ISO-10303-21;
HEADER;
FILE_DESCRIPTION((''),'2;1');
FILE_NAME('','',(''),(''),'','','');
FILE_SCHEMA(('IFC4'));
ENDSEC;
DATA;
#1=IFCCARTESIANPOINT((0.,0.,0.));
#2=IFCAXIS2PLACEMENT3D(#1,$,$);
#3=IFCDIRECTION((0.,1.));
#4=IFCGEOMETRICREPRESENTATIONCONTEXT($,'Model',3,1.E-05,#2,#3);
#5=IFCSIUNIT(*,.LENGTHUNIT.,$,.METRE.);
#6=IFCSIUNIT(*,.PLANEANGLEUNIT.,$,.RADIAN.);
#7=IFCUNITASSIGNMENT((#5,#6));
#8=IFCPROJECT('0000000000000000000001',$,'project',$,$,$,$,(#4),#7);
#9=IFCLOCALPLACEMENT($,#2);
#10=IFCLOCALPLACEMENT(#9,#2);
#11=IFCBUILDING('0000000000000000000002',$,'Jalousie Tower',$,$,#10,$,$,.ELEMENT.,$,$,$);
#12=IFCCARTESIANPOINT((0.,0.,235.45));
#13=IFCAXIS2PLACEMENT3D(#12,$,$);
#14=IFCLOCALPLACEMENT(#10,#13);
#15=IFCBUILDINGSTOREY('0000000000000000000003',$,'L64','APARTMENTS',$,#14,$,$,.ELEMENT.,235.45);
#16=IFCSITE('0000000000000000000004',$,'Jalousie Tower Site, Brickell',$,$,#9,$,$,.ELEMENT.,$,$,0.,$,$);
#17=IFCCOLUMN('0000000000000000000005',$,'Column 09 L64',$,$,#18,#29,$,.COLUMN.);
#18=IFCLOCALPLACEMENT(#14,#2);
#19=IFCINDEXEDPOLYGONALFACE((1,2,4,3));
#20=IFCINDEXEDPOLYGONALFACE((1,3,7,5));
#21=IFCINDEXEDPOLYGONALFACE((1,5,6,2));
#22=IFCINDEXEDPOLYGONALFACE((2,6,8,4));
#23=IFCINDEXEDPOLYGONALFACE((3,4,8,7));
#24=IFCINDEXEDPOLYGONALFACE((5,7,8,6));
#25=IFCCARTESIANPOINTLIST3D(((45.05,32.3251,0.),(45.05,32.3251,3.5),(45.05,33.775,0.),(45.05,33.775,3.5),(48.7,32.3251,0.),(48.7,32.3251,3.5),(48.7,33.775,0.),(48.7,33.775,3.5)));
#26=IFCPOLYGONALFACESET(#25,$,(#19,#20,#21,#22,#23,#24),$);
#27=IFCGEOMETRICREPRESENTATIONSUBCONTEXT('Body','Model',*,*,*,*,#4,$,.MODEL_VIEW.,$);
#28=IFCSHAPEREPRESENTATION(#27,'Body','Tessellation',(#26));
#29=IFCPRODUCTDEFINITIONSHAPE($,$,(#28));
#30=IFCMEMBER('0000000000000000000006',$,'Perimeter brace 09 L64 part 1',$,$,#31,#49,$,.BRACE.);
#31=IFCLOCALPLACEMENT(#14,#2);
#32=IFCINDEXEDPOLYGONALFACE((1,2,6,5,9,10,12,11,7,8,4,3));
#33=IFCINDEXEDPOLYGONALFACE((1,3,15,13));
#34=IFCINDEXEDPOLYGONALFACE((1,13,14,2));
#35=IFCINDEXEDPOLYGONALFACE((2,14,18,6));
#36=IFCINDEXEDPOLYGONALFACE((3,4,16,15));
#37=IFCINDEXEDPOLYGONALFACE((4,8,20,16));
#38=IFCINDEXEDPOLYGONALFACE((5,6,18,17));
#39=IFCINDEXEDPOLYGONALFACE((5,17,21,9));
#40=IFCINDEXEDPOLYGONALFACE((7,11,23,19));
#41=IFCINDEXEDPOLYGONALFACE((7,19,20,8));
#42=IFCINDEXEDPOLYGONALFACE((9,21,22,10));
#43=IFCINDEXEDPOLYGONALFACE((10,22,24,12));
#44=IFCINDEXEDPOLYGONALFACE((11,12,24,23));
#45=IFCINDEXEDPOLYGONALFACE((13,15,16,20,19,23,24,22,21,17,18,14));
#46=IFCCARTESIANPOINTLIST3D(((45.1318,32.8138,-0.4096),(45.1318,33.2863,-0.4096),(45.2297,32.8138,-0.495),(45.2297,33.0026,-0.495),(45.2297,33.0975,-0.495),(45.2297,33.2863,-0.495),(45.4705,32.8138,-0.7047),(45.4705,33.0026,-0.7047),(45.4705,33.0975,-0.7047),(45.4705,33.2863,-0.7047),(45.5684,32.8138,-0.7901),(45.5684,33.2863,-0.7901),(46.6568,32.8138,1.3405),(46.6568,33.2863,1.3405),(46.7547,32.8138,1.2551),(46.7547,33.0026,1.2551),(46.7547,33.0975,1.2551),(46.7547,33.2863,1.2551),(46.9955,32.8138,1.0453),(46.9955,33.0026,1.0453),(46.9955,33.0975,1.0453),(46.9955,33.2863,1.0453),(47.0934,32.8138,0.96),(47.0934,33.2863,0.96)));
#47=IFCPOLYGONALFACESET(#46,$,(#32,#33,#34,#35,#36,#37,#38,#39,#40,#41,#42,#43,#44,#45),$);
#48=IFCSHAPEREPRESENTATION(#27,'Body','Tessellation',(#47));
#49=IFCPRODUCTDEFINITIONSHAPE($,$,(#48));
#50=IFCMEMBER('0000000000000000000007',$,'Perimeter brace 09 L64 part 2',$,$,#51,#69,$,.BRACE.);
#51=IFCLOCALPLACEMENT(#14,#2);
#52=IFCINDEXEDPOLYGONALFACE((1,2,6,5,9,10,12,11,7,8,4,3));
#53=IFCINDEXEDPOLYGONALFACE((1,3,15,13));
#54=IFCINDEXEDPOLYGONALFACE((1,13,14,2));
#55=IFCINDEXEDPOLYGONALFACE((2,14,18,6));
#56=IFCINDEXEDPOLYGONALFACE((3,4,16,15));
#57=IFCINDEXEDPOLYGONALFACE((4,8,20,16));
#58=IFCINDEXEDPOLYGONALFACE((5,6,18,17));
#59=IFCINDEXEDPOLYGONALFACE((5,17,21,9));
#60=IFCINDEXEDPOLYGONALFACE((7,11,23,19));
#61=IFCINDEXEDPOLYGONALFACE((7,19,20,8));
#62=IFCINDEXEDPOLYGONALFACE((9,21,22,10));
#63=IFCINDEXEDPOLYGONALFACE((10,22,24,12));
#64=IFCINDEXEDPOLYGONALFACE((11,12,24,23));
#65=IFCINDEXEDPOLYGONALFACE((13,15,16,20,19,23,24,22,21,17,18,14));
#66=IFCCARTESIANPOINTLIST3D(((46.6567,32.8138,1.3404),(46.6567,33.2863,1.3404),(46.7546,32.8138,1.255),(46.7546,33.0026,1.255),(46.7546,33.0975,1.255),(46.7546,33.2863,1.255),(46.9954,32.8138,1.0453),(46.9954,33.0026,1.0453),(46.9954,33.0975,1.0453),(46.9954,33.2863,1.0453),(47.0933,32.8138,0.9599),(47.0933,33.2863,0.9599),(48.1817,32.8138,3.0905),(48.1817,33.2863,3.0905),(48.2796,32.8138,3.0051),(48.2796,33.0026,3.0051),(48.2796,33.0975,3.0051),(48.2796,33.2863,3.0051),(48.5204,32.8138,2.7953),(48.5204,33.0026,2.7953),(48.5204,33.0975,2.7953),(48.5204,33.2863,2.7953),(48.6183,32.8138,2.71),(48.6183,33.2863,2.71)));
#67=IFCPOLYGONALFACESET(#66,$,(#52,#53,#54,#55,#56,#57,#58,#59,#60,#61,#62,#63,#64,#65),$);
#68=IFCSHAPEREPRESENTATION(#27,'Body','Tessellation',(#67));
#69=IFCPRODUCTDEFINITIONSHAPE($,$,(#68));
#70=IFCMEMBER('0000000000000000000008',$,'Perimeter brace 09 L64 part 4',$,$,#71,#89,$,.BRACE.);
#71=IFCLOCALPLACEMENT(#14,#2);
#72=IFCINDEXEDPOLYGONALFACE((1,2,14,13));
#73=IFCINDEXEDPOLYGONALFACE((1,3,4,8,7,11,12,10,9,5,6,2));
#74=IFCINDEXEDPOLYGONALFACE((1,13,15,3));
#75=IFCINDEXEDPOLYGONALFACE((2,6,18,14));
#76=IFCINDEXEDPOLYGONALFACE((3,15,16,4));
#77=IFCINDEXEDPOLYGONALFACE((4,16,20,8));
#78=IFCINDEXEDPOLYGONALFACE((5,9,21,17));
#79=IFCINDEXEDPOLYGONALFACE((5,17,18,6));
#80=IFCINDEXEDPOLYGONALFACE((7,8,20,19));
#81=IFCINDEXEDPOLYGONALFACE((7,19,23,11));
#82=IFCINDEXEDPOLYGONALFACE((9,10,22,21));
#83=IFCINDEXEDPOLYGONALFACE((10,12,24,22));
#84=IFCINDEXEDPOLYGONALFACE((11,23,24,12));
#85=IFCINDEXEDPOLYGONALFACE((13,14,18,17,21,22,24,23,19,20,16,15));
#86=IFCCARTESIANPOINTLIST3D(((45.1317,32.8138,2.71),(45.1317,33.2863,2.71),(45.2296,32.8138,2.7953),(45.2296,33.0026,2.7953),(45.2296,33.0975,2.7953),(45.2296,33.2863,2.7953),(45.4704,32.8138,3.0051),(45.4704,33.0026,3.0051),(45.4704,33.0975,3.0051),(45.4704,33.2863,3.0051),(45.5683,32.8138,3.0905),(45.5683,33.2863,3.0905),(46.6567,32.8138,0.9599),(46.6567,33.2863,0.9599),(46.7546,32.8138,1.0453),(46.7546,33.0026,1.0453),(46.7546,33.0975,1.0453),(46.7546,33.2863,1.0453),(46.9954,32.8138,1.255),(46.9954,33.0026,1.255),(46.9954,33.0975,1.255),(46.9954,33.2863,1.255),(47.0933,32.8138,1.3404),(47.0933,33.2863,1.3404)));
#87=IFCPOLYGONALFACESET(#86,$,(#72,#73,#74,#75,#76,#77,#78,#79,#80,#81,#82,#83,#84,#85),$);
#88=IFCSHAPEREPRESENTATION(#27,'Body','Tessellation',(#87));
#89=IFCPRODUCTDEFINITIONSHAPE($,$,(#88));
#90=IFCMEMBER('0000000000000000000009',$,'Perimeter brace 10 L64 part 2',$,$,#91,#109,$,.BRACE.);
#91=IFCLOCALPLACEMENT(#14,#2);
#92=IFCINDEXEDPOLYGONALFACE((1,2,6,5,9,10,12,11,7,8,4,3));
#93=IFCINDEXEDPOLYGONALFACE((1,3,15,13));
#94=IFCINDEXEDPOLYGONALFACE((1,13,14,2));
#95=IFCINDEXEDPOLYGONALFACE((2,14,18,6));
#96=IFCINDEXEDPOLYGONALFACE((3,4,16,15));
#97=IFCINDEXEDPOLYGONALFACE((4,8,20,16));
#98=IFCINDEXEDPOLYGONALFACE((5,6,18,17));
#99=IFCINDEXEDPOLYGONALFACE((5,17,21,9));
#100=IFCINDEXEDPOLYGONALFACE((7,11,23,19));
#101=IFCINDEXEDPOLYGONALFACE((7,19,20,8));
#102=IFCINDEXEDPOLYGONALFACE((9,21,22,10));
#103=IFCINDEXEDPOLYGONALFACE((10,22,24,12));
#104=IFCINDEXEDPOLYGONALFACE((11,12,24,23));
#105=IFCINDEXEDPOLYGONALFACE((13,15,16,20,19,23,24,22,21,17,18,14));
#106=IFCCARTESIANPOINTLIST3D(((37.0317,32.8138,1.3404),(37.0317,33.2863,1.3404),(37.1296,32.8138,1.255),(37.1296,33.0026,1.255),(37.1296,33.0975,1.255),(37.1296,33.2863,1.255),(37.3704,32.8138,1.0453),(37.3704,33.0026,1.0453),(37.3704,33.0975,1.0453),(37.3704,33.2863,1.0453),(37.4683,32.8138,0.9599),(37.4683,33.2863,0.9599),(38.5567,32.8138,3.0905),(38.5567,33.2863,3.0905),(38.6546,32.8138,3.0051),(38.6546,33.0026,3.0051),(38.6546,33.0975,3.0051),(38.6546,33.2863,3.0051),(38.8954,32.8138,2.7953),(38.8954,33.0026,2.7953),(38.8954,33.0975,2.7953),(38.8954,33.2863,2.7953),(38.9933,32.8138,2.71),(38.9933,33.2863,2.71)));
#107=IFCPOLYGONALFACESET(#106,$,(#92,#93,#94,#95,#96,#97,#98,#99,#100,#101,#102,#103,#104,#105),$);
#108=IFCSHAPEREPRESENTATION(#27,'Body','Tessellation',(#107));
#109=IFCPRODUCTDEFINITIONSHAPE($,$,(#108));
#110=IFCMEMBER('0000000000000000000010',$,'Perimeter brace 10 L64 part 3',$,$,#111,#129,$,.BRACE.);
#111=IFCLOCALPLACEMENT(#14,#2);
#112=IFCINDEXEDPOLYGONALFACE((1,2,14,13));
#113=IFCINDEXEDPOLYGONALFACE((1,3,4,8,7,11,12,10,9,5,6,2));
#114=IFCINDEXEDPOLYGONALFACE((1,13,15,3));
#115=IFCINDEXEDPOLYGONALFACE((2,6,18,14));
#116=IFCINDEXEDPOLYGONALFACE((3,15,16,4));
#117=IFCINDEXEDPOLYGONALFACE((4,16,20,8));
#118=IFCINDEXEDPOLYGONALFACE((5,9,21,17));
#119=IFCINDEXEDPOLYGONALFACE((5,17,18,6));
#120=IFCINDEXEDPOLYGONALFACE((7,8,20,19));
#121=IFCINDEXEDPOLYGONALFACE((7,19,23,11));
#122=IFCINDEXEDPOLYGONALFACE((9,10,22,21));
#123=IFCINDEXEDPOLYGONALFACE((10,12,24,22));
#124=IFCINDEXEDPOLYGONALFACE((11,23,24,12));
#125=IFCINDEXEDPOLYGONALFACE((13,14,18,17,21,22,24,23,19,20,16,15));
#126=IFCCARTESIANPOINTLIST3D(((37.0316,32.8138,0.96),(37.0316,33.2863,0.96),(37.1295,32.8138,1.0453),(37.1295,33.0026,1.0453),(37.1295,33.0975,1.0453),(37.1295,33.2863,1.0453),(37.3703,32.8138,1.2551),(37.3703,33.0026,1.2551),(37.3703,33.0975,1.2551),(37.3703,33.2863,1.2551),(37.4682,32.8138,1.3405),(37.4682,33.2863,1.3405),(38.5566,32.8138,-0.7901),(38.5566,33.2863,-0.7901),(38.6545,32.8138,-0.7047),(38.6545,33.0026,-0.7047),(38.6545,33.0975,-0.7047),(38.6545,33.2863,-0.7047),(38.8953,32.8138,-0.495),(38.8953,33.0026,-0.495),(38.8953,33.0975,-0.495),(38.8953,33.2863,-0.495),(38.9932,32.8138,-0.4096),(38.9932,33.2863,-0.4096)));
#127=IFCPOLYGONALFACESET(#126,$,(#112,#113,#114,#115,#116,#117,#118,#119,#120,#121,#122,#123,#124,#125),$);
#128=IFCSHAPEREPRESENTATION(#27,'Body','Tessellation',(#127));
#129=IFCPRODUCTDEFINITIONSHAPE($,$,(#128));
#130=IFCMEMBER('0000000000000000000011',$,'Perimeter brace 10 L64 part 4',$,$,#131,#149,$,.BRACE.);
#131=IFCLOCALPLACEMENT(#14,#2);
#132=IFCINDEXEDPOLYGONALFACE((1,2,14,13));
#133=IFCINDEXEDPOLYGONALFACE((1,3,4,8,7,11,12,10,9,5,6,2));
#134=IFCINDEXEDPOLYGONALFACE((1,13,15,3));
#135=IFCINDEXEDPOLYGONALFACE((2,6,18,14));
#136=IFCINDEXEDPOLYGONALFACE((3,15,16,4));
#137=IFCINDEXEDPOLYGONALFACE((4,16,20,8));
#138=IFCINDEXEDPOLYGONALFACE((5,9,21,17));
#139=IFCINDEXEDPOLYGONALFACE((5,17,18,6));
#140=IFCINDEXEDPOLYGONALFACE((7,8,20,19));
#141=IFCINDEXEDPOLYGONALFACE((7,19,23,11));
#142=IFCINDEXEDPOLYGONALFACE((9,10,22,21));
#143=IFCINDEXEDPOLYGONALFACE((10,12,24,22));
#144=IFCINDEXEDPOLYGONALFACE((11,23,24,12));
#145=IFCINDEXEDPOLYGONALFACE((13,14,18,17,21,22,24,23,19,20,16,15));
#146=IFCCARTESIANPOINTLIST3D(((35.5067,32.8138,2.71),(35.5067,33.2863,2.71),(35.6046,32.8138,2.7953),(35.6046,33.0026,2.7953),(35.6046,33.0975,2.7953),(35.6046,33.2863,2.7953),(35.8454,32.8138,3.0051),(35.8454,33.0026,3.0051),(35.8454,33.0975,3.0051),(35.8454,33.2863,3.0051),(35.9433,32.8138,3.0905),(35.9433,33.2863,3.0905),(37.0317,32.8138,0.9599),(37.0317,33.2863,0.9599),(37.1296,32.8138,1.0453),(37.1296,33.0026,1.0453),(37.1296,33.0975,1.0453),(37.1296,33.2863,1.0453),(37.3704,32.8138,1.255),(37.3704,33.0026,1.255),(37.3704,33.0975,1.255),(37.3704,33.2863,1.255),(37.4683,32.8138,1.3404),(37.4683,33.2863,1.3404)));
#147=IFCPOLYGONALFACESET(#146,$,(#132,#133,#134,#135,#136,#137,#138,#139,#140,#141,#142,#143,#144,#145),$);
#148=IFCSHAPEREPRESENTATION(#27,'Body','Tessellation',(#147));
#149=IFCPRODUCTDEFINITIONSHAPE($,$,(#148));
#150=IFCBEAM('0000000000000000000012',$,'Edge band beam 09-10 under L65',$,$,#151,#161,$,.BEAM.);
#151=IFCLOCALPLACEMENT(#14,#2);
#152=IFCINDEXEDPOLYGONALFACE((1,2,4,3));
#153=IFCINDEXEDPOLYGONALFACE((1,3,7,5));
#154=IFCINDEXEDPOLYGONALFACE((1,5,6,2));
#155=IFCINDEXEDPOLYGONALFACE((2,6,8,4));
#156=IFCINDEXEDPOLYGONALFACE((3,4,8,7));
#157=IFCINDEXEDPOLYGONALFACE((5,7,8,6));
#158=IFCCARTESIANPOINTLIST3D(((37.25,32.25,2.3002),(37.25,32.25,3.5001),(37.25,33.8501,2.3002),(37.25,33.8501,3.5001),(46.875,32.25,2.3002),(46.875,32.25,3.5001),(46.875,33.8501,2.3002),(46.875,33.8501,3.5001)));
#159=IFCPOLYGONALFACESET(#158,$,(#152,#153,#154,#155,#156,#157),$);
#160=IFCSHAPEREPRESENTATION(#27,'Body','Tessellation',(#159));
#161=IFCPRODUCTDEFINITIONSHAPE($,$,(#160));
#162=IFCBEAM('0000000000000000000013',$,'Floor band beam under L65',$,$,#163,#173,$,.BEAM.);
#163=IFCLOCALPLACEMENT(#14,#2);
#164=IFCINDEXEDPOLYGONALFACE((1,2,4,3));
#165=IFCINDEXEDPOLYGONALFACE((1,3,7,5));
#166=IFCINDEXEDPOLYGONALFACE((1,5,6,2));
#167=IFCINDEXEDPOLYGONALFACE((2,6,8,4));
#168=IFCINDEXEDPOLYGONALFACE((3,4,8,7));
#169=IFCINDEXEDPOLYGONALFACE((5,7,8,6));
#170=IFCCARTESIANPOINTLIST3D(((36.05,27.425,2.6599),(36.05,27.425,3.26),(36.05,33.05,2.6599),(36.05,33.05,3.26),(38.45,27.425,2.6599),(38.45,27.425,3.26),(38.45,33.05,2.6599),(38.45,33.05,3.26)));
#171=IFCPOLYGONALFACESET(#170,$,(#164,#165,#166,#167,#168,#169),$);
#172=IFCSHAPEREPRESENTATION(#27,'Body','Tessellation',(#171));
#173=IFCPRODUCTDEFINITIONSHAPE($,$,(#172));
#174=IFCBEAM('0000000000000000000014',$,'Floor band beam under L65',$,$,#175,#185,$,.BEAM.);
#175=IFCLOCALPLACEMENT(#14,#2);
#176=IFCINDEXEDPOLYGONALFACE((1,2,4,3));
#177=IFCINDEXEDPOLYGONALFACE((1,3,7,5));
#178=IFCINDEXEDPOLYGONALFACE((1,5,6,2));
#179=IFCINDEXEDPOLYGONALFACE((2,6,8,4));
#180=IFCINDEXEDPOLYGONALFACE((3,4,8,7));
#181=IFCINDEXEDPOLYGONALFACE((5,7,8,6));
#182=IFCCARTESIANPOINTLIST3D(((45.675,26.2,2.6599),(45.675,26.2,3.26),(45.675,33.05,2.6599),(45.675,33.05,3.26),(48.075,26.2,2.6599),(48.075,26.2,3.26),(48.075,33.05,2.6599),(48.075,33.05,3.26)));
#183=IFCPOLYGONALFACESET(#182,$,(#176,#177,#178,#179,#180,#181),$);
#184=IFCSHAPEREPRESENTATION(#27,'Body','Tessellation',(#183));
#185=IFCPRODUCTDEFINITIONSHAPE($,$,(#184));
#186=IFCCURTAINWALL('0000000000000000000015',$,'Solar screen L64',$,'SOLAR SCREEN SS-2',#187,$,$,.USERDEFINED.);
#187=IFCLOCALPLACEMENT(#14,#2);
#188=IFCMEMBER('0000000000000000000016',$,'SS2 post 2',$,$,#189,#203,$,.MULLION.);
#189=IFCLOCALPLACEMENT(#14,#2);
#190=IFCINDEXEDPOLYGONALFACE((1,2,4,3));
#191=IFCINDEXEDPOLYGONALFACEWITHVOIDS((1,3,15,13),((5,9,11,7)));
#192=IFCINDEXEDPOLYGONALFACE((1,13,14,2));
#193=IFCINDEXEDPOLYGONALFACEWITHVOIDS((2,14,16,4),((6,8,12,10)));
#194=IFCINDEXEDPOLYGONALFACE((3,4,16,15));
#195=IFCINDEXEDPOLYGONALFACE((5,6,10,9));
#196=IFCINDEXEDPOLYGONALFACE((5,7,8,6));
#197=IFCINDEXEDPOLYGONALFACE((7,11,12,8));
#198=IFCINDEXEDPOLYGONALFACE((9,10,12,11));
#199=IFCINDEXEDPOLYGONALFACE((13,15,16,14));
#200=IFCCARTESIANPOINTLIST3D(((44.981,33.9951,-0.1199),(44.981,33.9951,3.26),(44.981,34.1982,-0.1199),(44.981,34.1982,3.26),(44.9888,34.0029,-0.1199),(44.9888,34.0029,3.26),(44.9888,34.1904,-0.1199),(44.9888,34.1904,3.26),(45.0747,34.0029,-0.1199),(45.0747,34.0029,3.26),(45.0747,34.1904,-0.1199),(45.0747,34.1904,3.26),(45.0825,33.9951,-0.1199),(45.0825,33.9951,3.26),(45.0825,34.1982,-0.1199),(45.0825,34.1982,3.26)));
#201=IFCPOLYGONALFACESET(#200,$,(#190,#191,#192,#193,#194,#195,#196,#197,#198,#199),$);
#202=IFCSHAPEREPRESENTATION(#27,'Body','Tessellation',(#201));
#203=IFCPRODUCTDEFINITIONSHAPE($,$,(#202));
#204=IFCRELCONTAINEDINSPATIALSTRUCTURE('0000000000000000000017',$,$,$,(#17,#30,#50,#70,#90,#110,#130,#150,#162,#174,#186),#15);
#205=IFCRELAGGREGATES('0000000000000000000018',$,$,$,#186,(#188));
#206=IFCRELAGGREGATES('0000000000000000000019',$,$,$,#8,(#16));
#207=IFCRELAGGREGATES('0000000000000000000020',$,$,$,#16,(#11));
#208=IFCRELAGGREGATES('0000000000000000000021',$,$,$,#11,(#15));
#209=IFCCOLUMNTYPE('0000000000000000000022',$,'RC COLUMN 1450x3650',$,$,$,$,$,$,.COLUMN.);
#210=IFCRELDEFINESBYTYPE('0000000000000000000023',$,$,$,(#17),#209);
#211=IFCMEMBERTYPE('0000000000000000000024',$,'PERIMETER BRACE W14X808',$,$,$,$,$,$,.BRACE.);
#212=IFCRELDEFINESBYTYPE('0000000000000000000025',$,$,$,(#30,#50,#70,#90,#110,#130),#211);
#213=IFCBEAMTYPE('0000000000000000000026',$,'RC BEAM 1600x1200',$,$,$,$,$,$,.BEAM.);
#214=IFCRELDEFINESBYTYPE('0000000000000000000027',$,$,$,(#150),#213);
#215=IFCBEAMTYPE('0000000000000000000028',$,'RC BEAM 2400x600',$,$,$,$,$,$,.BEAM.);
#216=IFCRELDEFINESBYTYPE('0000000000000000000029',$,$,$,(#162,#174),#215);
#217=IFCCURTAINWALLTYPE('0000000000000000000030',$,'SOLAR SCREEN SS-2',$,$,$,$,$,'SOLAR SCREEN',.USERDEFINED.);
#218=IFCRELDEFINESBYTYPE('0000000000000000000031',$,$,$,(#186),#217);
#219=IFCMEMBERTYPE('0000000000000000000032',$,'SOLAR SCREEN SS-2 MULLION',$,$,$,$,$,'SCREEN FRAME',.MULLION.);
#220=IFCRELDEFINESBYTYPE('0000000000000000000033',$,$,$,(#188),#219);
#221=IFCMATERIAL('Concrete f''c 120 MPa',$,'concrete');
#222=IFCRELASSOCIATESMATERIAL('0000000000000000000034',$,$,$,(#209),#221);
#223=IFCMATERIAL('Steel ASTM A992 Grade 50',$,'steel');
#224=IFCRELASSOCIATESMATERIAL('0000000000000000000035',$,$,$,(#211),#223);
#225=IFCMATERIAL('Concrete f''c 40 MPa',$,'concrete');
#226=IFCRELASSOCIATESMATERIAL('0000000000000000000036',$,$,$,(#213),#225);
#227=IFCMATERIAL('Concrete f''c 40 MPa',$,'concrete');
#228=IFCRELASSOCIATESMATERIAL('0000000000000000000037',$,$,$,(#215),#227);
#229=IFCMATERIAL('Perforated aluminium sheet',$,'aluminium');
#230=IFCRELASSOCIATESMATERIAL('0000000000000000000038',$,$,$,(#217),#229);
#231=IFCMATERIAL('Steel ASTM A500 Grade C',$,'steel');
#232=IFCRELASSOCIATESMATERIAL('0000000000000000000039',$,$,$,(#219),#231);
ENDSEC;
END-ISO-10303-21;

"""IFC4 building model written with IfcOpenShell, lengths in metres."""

from ifc_helpers import new_model, si_unit, direction, frame, origin, origin_2d, place, context, subcontext, project, spatial, rectangle, hollow_rectangle, i_section, extrude, material, material_profile, profile_set, type_object, element, aggregate, save


model = new_model("IFC4")

# Units and contexts
model_context = context("Model", 3, precision=1e-05, world=origin(), true_north=direction((0.0, 1.0)))
body_context = subcontext(model_context, "Body", "Model", "MODEL_VIEW")
ifc_project = project(units=[si_unit("LENGTHUNIT", "METRE"), si_unit("PLANEANGLEUNIT", "RADIAN")], contexts=[model_context])

# Site, building, storey
site_placement = place(None, origin())
site = spatial("IfcSite", under=ifc_project, at=site_placement, Name="Jalousie Tower Site, Brickell", CompositionType="ELEMENT", RefElevation=0.0)
building_placement = place(site_placement, origin())
building = spatial("IfcBuilding", under=site, at=building_placement, Name="Jalousie Tower", CompositionType="ELEMENT")
storey_placement = place(building_placement, frame((0.0, 0.0, 235.45)))
storey = spatial("IfcBuildingStorey", under=building, at=storey_placement, Name="L64", Description="APARTMENTS", CompositionType="ELEMENT", Elevation=235.45)

# Column
ifc_material_1 = material(Name="Concrete f'c 120 MPa", Category="concrete")
ifc_material_profile_1 = material_profile(ifc_material_1, rectangle(XDim=1.45, YDim=3.6499, at=origin_2d()), Name="RC 1450x3650")
ifc_profile_set_1 = profile_set([ifc_material_profile_1], Name="Concrete f'c 120 MPa")
column_type = type_object("IfcColumnType", Name="RC COLUMN 1450x3650", PredefinedType="COLUMN", material=ifc_profile_set_1)
column_placement = place(storey_placement, frame((46.875, 33.05, 0.0), z_axis=(0.0, 0.0, 1.0), x_axis=(0.0, 1.0, 0.0)))
element("IfcColumn", 1, at=column_placement, inside=storey, type_object=column_type, Name="Column 09 L64", PredefinedType="COLUMN", context=body_context, shape_type="SweptSolid", body=[
    extrude(rectangle(XDim=1.45, YDim=3.6499, at=origin_2d()), origin(), (0.0, 0.0, 1.0), 3.5),
])

# Members
ifc_material_2 = material(Name="Steel ASTM A992 Grade 50", Category="steel")
ifc_material_profile_2 = material_profile(ifc_material_2, i_section(OverallWidth=0.4724, OverallDepth=0.5791, WebThickness=0.095, FlangeThickness=0.1299, at=origin_2d()), Name="W14X808")
ifc_profile_set_2 = profile_set([ifc_material_profile_2], Name="Steel ASTM A992 Grade 50")
member_type_1 = type_object("IfcMemberType", Name="PERIMETER BRACE W14X808", PredefinedType="BRACE", material=ifc_profile_set_2)
for number, where, z_axis, x_axis, name in (
    (2, (45.3501, 33.05, -0.5999), (0.656954, 0.0, 0.75393), (0.0, 1.0, 0.0), "Perimeter brace 09 L64 part 1"),
    (3, (46.875, 33.05, 1.1501), (0.656954, 0.0, 0.75393), (0.0, 1.0, 0.0), "Perimeter brace 09 L64 part 2"),
    (4, (46.875, 33.05, 1.1501), (-0.656954, 0.0, 0.75393), (0.0, -1.0, 0.0), "Perimeter brace 09 L64 part 4"),
    (5, (37.25, 33.05, 1.1501), (0.656954, 0.0, 0.75393), (0.0, 1.0, 0.0), "Perimeter brace 10 L64 part 2"),
    (6, (38.7749, 33.05, -0.5999), (-0.656954, 0.0, 0.75393), (0.0, -1.0, 0.0), "Perimeter brace 10 L64 part 3"),
    (7, (37.25, 33.05, 1.1501), (-0.656954, 0.0, 0.75393), (0.0, -1.0, 0.0), "Perimeter brace 10 L64 part 4"),
):
    element("IfcMember", number, at=place(storey_placement, frame(where, z_axis=z_axis, x_axis=x_axis)), inside=storey, type_object=member_type_1, Name=name, PredefinedType="BRACE", context=body_context, shape_type="SweptSolid", body=[
        extrude(i_section(OverallWidth=0.4724, OverallDepth=0.5791, WebThickness=0.095, FlangeThickness=0.1299, at=origin_2d()), origin(), (0.0, 0.0, 1.0), 2.3213),
    ])

# Beams
ifc_material_3 = material(Name="Concrete f'c 40 MPa", Category="concrete")
ifc_material_profile_3 = material_profile(ifc_material_3, rectangle(XDim=1.6001, YDim=1.2, at=origin_2d()), Name="RC 1600x1200")
ifc_profile_set_3 = profile_set([ifc_material_profile_3], Name="Concrete f'c 40 MPa")
beam_type_1 = type_object("IfcBeamType", Name="RC BEAM 1600x1200", PredefinedType="BEAM", material=ifc_profile_set_3)
beam_1_placement = place(storey_placement, frame((46.875, 33.05, 2.9001), z_axis=(-1.0, 0.0, 0.0), x_axis=(0.0, -1.0, 0.0)))
element("IfcBeam", 8, at=beam_1_placement, inside=storey, type_object=beam_type_1, Name="Edge band beam 09-10 under L65", PredefinedType="BEAM", context=body_context, shape_type="SweptSolid", body=[
    extrude(rectangle(XDim=1.6001, YDim=1.2, at=origin_2d()), origin(), (0.0, 0.0, 1.0), 9.625),
])
ifc_material_4 = material(Name="Concrete f'c 40 MPa", Category="concrete")
ifc_material_profile_4 = material_profile(ifc_material_4, rectangle(XDim=2.3999, YDim=0.6001, at=origin_2d()), Name="RC 2400x600")
ifc_profile_set_4 = profile_set([ifc_material_profile_4], Name="Concrete f'c 40 MPa")
beam_type_2 = type_object("IfcBeamType", Name="RC BEAM 2400x600", PredefinedType="BEAM", material=ifc_profile_set_4)
beam_2_placement = place(storey_placement, frame((37.25, 33.05, 2.96), z_axis=(0.0, -1.0, 0.0), x_axis=(1.0, 0.0, 0.0)))
element("IfcBeam", 9, at=beam_2_placement, inside=storey, type_object=beam_type_2, Name="Floor band beam under L65", PredefinedType="BEAM", context=body_context, shape_type="SweptSolid", body=[
    extrude(rectangle(XDim=2.3999, YDim=0.6001, at=origin_2d()), origin(), (0.0, 0.0, 1.0), 5.625),
])
beam_3_placement = place(storey_placement, frame((46.875, 33.05, 2.96), z_axis=(0.0, -1.0, 0.0), x_axis=(1.0, 0.0, 0.0)))
element("IfcBeam", 10, at=beam_3_placement, inside=storey, type_object=beam_type_2, Name="Floor band beam under L65", PredefinedType="BEAM", context=body_context, shape_type="SweptSolid", body=[
    extrude(rectangle(XDim=2.3999, YDim=0.6001, at=origin_2d()), origin(), (0.0, 0.0, 1.0), 6.8501),
])

# Curtain wall, member
ifc_material_5 = material(Name="Perforated aluminium sheet", Category="aluminium")
curtain_wall_type = type_object("IfcCurtainWallType", Name="SOLAR SCREEN SS-2", ElementType="SOLAR SCREEN", PredefinedType="USERDEFINED", material=ifc_material_5)
curtain_wall_1_placement = place(storey_placement, origin())
curtain_wall_1 = element("IfcCurtainWall", 11, at=curtain_wall_1_placement, inside=storey, type_object=curtain_wall_type, Name="Solar screen L64", ObjectType="SOLAR SCREEN SS-2", PredefinedType="USERDEFINED")
ifc_material_6 = material(Name="Steel ASTM A500 Grade C", Category="steel")
ifc_material_profile_5 = material_profile(ifc_material_6, hollow_rectangle(XDim=0.1016, YDim=0.2031, WallThickness=0.0078, at=origin_2d()), Name="HSS8X4X5/16")
ifc_profile_set_5 = profile_set([ifc_material_profile_5], Name="Steel ASTM A500 Grade C")
member_type_2 = type_object("IfcMemberType", Name="SOLAR SCREEN SS-2 MULLION", ElementType="SCREEN FRAME", PredefinedType="MULLION", material=ifc_profile_set_5)
member_1_placement = place(storey_placement, frame((45.0317, 34.0967, -0.1199), z_axis=(0.0, 0.0, 1.0), x_axis=(-1.0, 0.0, 0.0)))
member_1 = element("IfcMember", 12, at=member_1_placement, type_object=member_type_2, Name="SS2 post 2", PredefinedType="MULLION", context=body_context, shape_type="SweptSolid", body=[
    extrude(hollow_rectangle(XDim=0.1016, YDim=0.2031, WallThickness=0.0078, at=origin_2d()), origin(), (0.0, 0.0, 1.0), 3.3799),
])

aggregate(curtain_wall_1, [member_1])

save(model, "model.ifc")
